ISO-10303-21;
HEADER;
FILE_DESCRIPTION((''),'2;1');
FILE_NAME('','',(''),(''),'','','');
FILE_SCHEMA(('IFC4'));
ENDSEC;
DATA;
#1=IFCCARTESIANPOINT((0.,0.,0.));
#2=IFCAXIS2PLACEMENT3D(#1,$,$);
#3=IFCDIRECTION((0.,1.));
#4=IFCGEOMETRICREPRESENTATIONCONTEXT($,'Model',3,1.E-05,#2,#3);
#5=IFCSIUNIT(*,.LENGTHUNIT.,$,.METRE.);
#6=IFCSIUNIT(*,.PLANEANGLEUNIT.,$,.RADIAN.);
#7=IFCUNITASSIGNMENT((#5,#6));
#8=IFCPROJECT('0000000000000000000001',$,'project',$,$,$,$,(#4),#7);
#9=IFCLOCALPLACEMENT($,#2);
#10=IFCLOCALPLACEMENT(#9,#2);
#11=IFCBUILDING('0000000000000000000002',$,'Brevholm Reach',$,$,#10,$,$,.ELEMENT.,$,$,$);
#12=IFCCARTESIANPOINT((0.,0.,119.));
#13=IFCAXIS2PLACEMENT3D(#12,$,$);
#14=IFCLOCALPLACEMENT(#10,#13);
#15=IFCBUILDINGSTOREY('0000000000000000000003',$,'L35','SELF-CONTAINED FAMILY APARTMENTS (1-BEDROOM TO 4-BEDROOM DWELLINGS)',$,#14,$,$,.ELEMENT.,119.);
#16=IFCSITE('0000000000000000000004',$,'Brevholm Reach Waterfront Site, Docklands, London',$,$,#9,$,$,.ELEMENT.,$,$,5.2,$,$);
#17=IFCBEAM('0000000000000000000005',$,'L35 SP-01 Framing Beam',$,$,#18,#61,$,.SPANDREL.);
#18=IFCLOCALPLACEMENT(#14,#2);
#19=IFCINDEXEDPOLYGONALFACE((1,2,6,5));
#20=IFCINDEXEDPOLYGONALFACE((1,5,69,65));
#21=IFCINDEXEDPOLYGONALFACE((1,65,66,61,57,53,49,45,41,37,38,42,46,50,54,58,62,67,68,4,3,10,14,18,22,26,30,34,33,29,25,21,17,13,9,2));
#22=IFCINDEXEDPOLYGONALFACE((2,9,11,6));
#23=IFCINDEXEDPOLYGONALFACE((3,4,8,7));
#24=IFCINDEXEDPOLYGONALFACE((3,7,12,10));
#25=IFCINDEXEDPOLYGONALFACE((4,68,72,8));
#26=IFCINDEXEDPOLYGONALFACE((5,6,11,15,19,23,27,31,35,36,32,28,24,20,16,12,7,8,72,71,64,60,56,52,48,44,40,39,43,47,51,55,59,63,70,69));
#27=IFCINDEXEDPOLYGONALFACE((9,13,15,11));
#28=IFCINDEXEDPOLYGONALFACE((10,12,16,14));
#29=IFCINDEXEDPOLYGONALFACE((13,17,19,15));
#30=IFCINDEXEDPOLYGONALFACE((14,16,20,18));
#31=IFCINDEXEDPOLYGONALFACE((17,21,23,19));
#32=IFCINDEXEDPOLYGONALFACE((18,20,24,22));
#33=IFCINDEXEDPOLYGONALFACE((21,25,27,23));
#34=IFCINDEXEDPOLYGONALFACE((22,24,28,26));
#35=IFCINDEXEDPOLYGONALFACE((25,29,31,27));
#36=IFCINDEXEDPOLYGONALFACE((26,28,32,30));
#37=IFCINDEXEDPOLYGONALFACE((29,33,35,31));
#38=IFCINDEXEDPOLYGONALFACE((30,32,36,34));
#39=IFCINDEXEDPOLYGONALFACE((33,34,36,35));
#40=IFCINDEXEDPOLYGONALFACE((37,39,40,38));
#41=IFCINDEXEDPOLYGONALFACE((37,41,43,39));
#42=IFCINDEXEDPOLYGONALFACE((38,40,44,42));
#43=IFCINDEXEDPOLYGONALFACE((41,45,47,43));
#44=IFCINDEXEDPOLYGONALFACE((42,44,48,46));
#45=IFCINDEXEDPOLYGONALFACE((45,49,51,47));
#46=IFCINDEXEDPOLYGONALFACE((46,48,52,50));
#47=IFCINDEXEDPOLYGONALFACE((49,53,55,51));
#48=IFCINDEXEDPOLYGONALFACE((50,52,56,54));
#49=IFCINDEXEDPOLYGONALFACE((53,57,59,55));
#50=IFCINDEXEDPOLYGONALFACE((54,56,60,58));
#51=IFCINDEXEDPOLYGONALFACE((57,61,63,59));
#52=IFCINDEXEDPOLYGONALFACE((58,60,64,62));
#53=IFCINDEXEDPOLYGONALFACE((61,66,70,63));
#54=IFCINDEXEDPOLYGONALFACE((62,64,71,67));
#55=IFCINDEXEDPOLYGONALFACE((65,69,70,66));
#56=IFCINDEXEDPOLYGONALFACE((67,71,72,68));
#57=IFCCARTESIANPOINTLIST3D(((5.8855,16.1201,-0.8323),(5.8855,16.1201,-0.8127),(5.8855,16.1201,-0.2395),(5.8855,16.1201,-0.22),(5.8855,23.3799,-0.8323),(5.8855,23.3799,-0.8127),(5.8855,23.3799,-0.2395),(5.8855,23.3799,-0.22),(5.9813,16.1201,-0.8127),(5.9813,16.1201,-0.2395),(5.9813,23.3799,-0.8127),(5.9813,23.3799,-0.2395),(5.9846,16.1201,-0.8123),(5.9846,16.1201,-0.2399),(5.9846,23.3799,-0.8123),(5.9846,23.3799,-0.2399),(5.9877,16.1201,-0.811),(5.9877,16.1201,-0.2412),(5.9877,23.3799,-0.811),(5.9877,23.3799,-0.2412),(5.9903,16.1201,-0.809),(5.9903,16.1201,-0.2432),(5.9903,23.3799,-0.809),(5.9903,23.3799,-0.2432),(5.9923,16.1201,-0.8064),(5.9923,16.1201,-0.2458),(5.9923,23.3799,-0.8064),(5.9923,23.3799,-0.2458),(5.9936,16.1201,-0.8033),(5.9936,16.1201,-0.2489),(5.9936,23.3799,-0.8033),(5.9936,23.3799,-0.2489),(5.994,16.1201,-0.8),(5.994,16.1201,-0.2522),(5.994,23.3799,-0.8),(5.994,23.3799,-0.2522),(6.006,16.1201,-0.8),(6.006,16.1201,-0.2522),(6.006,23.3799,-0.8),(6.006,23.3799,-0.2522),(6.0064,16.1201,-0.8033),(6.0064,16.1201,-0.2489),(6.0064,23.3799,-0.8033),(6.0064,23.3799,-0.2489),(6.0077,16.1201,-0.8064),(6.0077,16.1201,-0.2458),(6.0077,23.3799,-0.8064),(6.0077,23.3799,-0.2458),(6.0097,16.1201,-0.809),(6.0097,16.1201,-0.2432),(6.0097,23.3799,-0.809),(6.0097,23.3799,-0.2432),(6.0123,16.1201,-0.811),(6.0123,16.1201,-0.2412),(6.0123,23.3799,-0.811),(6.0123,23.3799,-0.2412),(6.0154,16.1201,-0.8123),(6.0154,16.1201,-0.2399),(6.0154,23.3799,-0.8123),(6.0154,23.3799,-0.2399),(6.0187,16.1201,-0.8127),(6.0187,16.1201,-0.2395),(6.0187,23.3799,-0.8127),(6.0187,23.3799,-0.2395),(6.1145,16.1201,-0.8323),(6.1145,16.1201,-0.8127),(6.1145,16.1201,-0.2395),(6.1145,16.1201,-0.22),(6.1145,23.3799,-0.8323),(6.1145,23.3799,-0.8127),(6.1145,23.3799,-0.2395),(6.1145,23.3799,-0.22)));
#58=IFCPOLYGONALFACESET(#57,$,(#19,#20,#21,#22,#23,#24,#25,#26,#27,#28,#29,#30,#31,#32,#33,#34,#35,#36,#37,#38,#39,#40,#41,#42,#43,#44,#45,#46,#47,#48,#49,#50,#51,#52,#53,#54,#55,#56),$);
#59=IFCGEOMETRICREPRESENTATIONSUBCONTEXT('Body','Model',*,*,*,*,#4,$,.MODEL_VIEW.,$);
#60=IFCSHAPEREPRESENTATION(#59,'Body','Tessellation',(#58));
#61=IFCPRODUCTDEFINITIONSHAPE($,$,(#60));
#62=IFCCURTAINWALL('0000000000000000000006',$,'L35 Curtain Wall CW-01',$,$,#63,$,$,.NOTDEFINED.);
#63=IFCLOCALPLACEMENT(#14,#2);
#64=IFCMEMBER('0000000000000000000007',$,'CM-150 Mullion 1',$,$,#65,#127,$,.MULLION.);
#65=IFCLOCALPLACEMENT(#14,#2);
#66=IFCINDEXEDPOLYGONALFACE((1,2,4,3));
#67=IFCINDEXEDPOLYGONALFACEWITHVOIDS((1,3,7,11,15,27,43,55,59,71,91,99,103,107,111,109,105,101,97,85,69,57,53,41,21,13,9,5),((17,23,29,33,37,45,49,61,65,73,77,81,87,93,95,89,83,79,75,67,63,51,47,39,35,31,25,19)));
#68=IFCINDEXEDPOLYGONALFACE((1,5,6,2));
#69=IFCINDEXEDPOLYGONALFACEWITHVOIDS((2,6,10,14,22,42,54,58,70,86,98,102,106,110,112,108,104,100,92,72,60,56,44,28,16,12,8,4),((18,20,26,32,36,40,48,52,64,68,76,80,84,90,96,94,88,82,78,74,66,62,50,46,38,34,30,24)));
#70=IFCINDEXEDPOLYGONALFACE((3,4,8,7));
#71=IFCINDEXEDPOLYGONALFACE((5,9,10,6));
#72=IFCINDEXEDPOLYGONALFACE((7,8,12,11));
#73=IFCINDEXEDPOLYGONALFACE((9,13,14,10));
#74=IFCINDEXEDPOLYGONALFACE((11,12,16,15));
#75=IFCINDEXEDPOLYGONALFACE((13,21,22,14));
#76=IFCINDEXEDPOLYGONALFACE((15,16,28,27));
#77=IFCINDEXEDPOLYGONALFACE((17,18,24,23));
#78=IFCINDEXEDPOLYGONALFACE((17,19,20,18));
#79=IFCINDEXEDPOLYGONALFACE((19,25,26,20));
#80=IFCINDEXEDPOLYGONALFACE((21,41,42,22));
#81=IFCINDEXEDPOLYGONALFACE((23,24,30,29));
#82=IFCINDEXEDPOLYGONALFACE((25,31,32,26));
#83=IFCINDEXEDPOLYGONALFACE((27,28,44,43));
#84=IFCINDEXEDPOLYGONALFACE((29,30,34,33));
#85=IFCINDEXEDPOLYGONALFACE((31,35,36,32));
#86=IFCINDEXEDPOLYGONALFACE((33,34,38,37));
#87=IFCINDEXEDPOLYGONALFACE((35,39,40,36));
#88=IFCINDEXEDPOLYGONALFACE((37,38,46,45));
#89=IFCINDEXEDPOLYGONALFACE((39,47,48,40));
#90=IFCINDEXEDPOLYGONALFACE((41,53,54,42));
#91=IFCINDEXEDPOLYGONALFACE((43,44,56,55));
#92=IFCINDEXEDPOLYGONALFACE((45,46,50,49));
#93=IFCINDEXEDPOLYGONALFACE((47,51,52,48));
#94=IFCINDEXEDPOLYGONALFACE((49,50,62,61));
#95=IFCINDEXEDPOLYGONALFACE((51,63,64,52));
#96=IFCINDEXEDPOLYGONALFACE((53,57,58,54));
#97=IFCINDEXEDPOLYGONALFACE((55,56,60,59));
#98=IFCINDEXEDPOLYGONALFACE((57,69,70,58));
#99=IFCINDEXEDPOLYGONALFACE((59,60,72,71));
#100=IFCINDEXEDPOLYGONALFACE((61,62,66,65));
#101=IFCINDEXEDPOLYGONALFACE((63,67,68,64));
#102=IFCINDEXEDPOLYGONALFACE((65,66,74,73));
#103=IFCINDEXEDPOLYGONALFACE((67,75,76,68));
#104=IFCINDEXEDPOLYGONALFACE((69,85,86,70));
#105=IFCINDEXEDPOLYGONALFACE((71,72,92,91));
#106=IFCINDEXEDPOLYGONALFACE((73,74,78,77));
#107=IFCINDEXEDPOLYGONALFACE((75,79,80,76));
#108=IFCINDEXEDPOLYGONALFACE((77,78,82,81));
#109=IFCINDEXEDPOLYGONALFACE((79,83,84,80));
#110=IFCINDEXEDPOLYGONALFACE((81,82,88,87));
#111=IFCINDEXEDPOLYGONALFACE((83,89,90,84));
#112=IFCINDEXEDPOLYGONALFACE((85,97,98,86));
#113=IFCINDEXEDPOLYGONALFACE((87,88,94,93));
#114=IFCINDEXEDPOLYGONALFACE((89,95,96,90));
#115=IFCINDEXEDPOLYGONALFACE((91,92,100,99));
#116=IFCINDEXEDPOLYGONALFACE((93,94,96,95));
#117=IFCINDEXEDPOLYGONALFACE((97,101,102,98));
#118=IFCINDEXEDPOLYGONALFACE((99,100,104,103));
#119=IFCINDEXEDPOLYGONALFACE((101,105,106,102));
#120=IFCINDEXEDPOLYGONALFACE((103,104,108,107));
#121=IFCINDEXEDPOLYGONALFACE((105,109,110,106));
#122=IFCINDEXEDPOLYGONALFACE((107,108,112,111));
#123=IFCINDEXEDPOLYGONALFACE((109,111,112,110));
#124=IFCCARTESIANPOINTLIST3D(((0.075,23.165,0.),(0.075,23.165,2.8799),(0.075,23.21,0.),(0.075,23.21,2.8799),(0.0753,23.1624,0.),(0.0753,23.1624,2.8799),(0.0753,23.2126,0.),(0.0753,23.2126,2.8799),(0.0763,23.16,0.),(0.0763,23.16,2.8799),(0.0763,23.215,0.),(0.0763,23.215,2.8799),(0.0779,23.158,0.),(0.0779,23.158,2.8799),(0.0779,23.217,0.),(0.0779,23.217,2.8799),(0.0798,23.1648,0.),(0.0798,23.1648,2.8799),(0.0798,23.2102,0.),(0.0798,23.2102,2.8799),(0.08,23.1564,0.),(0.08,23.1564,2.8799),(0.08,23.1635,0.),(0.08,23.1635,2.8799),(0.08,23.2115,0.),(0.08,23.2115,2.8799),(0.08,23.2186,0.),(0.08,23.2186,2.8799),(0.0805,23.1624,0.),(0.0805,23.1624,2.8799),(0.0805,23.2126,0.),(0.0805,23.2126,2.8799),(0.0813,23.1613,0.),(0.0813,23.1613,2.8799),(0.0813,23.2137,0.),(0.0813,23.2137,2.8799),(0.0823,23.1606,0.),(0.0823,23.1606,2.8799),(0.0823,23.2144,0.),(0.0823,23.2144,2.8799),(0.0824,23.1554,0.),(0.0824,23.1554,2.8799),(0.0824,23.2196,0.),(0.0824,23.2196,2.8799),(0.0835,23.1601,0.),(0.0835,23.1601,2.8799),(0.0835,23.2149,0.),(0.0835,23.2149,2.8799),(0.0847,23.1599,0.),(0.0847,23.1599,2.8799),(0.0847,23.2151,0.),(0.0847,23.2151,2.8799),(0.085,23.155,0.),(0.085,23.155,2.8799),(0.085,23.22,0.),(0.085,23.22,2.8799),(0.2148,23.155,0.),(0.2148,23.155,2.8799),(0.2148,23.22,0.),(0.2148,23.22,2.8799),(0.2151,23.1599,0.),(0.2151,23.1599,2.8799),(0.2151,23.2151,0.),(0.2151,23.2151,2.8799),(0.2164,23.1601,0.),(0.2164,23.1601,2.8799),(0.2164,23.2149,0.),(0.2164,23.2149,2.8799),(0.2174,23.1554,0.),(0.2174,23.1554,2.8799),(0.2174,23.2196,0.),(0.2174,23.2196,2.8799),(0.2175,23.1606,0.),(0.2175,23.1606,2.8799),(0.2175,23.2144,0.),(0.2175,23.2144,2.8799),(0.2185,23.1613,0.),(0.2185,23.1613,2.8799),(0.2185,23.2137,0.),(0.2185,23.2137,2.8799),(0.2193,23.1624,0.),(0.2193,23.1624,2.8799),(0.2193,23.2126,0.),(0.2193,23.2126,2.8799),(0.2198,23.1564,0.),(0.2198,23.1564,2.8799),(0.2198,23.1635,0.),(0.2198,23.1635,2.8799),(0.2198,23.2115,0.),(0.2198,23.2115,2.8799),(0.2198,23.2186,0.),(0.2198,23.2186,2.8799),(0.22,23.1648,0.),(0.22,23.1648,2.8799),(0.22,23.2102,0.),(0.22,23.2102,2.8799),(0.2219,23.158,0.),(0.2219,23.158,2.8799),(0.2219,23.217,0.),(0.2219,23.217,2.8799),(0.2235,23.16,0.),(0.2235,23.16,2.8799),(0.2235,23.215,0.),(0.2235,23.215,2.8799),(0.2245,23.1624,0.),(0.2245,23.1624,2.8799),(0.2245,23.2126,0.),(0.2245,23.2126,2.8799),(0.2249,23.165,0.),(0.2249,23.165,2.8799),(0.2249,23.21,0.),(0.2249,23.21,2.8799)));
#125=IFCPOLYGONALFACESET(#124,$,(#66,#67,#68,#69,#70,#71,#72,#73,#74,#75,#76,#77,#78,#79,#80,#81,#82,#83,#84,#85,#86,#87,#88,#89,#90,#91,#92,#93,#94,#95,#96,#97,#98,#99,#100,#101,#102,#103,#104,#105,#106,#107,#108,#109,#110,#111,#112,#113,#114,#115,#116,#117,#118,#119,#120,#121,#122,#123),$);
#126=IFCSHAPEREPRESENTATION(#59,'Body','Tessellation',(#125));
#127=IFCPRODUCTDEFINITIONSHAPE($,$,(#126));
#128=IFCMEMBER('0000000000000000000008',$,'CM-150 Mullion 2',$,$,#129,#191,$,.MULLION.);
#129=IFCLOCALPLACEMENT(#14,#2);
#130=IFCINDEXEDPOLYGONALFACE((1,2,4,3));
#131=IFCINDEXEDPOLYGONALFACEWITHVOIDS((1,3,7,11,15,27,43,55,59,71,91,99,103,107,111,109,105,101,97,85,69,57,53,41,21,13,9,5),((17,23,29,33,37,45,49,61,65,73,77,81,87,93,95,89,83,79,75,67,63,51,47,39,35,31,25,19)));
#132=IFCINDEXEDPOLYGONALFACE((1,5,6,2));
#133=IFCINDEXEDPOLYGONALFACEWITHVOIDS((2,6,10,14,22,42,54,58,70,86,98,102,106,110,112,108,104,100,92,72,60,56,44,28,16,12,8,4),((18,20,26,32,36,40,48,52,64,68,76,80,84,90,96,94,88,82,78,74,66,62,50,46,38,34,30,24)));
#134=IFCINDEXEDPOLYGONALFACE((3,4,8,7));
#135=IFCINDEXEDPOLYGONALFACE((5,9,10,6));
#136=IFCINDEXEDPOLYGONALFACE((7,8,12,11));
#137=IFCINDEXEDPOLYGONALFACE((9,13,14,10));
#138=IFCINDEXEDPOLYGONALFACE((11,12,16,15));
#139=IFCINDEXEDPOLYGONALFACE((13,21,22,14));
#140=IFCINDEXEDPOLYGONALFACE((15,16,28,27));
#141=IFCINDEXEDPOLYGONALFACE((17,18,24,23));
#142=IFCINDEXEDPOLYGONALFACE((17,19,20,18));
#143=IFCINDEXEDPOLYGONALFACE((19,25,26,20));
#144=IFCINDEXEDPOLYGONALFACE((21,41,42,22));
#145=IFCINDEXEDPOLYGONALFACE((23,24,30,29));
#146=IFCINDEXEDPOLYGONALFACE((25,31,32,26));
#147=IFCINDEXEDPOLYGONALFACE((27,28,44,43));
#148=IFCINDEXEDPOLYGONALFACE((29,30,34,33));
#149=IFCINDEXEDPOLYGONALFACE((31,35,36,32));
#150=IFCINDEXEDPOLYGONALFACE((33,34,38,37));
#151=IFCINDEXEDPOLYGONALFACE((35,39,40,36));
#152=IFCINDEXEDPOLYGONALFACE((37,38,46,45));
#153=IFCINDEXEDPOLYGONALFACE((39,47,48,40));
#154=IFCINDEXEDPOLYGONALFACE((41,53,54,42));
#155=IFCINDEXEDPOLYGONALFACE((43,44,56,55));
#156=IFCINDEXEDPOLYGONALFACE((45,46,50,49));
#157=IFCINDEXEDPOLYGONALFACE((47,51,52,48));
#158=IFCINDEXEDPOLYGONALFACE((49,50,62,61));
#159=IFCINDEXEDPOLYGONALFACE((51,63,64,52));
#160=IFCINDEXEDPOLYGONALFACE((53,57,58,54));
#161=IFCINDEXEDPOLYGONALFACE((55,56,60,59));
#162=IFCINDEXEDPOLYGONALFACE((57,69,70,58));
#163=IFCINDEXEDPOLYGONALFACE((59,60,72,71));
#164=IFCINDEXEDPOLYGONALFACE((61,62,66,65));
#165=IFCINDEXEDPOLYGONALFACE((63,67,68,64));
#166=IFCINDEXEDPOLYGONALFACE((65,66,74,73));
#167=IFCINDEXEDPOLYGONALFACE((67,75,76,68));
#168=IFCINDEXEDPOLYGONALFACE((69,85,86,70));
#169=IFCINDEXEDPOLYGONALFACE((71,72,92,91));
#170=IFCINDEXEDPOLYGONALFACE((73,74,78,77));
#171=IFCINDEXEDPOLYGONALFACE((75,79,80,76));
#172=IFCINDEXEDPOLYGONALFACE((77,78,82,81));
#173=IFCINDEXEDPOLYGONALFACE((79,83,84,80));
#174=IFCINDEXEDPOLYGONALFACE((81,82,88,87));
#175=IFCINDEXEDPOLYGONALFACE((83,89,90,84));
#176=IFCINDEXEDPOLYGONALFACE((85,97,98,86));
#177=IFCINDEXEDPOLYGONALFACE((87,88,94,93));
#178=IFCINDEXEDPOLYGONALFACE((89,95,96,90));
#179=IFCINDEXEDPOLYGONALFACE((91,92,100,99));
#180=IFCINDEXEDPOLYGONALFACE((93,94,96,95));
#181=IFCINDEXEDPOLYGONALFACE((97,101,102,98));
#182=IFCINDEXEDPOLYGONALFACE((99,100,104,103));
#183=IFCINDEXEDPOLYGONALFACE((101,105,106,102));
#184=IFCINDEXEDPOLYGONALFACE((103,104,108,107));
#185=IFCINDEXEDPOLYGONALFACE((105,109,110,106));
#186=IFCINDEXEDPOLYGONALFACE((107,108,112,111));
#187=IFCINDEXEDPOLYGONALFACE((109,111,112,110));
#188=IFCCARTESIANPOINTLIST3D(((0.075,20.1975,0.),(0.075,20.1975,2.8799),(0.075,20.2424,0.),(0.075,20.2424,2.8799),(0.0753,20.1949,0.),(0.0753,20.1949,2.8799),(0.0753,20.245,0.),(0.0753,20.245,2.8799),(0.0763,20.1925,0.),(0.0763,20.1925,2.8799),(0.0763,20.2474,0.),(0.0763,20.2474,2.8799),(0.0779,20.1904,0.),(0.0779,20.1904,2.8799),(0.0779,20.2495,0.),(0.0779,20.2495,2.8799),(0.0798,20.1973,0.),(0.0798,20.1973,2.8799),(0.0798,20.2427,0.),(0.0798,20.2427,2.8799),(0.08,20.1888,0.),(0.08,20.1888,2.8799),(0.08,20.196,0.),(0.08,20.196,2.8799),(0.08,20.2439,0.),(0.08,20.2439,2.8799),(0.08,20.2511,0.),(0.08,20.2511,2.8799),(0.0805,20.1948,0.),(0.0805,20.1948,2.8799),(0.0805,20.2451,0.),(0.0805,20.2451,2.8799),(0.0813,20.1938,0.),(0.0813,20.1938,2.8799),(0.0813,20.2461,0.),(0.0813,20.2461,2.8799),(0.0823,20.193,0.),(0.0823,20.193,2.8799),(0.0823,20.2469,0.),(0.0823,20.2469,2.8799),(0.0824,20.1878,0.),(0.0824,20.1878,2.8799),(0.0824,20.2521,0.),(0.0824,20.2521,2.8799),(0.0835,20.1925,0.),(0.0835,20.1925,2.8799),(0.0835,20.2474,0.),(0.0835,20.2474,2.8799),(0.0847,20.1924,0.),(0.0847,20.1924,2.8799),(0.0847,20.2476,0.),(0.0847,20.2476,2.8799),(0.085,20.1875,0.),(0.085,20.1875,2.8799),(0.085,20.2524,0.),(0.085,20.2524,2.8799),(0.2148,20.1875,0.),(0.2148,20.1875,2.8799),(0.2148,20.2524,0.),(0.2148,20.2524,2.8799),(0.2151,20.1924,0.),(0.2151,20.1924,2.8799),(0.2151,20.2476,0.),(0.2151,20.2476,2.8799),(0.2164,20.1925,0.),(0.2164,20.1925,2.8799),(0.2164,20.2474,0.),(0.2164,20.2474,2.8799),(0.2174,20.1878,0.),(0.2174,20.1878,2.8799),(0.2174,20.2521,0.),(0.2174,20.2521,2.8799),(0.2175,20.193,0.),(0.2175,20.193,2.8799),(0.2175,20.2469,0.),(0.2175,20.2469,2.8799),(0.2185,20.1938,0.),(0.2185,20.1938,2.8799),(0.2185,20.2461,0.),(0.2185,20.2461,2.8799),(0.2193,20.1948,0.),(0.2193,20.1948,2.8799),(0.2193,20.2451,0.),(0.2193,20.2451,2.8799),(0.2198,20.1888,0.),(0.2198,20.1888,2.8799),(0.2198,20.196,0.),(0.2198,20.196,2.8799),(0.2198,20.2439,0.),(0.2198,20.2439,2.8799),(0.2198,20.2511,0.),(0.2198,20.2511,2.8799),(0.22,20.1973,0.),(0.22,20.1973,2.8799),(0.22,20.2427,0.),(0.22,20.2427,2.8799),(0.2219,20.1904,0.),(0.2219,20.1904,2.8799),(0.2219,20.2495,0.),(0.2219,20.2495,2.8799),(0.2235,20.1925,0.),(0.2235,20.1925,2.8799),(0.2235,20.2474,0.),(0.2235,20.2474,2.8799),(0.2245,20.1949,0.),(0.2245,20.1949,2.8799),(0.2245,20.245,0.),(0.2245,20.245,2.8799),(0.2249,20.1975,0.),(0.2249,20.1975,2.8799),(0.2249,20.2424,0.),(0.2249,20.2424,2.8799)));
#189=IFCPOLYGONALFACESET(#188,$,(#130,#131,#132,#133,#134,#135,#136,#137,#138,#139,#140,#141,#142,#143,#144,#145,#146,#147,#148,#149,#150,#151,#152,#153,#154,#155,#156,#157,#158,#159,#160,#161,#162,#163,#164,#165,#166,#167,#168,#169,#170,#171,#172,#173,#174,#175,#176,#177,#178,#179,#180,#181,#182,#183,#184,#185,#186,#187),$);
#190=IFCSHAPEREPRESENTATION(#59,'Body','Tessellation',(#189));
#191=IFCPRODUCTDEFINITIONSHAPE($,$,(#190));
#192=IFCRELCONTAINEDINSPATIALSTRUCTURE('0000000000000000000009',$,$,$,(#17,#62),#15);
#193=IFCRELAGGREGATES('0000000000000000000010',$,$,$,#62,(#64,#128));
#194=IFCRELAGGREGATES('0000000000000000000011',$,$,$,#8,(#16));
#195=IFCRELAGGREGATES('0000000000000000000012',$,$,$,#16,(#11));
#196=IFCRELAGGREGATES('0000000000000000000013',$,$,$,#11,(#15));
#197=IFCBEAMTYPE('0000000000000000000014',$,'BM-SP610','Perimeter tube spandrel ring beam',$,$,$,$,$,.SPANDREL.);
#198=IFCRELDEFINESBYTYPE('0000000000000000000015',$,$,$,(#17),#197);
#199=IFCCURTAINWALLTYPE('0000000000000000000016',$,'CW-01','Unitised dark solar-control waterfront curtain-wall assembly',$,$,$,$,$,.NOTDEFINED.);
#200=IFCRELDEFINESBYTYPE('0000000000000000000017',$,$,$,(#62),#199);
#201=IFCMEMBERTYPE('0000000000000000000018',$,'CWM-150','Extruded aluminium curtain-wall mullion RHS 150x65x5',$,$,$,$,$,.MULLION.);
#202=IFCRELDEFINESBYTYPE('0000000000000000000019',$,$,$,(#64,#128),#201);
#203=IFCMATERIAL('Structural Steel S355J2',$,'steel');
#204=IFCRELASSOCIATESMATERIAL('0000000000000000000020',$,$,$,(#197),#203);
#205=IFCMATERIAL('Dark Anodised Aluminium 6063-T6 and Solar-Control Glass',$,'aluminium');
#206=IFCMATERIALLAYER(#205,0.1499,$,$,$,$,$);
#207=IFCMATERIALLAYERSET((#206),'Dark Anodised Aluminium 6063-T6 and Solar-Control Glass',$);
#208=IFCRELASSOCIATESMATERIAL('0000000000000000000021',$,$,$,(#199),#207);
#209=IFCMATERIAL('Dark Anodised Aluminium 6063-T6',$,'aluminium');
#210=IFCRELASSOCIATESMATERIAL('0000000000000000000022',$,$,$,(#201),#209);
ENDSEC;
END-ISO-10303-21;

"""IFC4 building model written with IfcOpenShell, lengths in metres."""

from ifc_helpers import new_model, si_unit, direction, frame, origin, origin_2d, place, context, subcontext, project, spatial, hollow_rectangle, i_section, extrude, material, layer, layer_set, material_profile, profile_set, type_object, element, aggregate, save


model = new_model("IFC4")

# Units and contexts
model_context = context("Model", 3, precision=1e-05, world=origin(), true_north=direction((0.0, 1.0)))
body_context = subcontext(model_context, "Body", "Model", "MODEL_VIEW")
ifc_project = project(units=[si_unit("LENGTHUNIT", "METRE"), si_unit("PLANEANGLEUNIT", "RADIAN")], contexts=[model_context])

# Site, building, storey
site_placement = place(None, origin())
site = spatial("IfcSite", under=ifc_project, at=site_placement, Name="Brevholm Reach Waterfront Site, Docklands, London", CompositionType="ELEMENT", RefElevation=5.2)
building_placement = place(site_placement, origin())
building = spatial("IfcBuilding", under=site, at=building_placement, Name="Brevholm Reach", CompositionType="ELEMENT")
storey_placement = place(building_placement, frame((0.0, 0.0, 119.0)))
storey = spatial("IfcBuildingStorey", under=building, at=storey_placement, Name="L35", Description="SELF-CONTAINED FAMILY APARTMENTS (1-BEDROOM TO 4-BEDROOM DWELLINGS)", CompositionType="ELEMENT", Elevation=119.0)

# Beam
ifc_material_1 = material(Name="Structural Steel S355J2", Category="steel")
ifc_material_profile_1 = material_profile(ifc_material_1, i_section(OverallWidth=0.229, OverallDepth=0.6123, WebThickness=0.012, FlangeThickness=0.0195, FilletRadius=0.0127, at=origin_2d()), Name="UKB 610x229x125")
ifc_profile_set_1 = profile_set([ifc_material_profile_1], Name="Structural Steel S355J2")
beam_type_1 = type_object("IfcBeamType", Name="BM-SP610", Description="Perimeter tube spandrel ring beam", PredefinedType="SPANDREL", material=ifc_profile_set_1)
beam_1_placement = place(storey_placement, frame((6.0, 16.1201, -0.5261), z_axis=(0.0, 1.0, 0.0), x_axis=(-1.0, 0.0, 0.0)))
element("IfcBeam", 1, at=beam_1_placement, inside=storey, type_object=beam_type_1, Name="L35 SP-01 Framing Beam", PredefinedType="SPANDREL", context=body_context, shape_type="SweptSolid", body=[
    extrude(i_section(OverallWidth=0.229, OverallDepth=0.6123, WebThickness=0.012, FlangeThickness=0.0195, FilletRadius=0.0127, at=origin_2d()), origin(), (0.0, 0.0, 1.0), 7.2598),
])

# Curtain wall, members
ifc_material_2 = material(Name="Dark Anodised Aluminium 6063-T6 and Solar-Control Glass", Category="aluminium")
ifc_layer_1 = layer(ifc_material_2, 0.1499)
ifc_layer_set_1 = layer_set([ifc_layer_1], Name="Dark Anodised Aluminium 6063-T6 and Solar-Control Glass")
curtain_wall_type = type_object("IfcCurtainWallType", Name="CW-01", Description="Unitised dark solar-control waterfront curtain-wall assembly", PredefinedType="NOTDEFINED", material=ifc_layer_set_1)
curtain_wall_placement = place(storey_placement, origin())
curtain_wall = element("IfcCurtainWall", 2, at=curtain_wall_placement, inside=storey, type_object=curtain_wall_type, Name="L35 Curtain Wall CW-01", PredefinedType="NOTDEFINED")
ifc_material_3 = material(Name="Dark Anodised Aluminium 6063-T6", Category="aluminium")
ifc_material_profile_2 = material_profile(ifc_material_3, hollow_rectangle(XDim=0.0649, YDim=0.1499, WallThickness=0.0049, InnerFilletRadius=0.0049, OuterFilletRadius=0.01, at=origin_2d()), Name="RHS 150x65x5")
ifc_profile_set_2 = profile_set([ifc_material_profile_2], Name="Dark Anodised Aluminium 6063-T6")
member_type_1 = type_object("IfcMemberType", Name="CWM-150", Description="Extruded aluminium curtain-wall mullion RHS 150x65x5", PredefinedType="MULLION", material=ifc_profile_set_2)
member_1_placement = place(storey_placement, frame((0.1499, 23.1875, 0.0), z_axis=(0.0, 0.0, 1.0), x_axis=(0.0, -1.0, 0.0)))
member_1 = element("IfcMember", 3, at=member_1_placement, type_object=member_type_1, Name="CM-150 Mullion 1", PredefinedType="MULLION", context=body_context, shape_type="SweptSolid", body=[
    extrude(hollow_rectangle(XDim=0.0649, YDim=0.1499, WallThickness=0.0049, InnerFilletRadius=0.0049, OuterFilletRadius=0.01, at=origin_2d()), origin(), (0.0, 0.0, 1.0), 2.8799),
])
member_2_placement = place(storey_placement, frame((0.1499, 20.22, 0.0), z_axis=(0.0, 0.0, 1.0), x_axis=(0.0, -1.0, 0.0)))
member_2 = element("IfcMember", 4, at=member_2_placement, type_object=member_type_1, Name="CM-150 Mullion 2", PredefinedType="MULLION", context=body_context, shape_type="SweptSolid", body=[
    extrude(hollow_rectangle(XDim=0.0649, YDim=0.1499, WallThickness=0.0049, InnerFilletRadius=0.0049, OuterFilletRadius=0.01, at=origin_2d()), origin(), (0.0, 0.0, 1.0), 2.8799),
])
aggregate(curtain_wall, [member_1, member_2])

save(model, "model.ifc")
